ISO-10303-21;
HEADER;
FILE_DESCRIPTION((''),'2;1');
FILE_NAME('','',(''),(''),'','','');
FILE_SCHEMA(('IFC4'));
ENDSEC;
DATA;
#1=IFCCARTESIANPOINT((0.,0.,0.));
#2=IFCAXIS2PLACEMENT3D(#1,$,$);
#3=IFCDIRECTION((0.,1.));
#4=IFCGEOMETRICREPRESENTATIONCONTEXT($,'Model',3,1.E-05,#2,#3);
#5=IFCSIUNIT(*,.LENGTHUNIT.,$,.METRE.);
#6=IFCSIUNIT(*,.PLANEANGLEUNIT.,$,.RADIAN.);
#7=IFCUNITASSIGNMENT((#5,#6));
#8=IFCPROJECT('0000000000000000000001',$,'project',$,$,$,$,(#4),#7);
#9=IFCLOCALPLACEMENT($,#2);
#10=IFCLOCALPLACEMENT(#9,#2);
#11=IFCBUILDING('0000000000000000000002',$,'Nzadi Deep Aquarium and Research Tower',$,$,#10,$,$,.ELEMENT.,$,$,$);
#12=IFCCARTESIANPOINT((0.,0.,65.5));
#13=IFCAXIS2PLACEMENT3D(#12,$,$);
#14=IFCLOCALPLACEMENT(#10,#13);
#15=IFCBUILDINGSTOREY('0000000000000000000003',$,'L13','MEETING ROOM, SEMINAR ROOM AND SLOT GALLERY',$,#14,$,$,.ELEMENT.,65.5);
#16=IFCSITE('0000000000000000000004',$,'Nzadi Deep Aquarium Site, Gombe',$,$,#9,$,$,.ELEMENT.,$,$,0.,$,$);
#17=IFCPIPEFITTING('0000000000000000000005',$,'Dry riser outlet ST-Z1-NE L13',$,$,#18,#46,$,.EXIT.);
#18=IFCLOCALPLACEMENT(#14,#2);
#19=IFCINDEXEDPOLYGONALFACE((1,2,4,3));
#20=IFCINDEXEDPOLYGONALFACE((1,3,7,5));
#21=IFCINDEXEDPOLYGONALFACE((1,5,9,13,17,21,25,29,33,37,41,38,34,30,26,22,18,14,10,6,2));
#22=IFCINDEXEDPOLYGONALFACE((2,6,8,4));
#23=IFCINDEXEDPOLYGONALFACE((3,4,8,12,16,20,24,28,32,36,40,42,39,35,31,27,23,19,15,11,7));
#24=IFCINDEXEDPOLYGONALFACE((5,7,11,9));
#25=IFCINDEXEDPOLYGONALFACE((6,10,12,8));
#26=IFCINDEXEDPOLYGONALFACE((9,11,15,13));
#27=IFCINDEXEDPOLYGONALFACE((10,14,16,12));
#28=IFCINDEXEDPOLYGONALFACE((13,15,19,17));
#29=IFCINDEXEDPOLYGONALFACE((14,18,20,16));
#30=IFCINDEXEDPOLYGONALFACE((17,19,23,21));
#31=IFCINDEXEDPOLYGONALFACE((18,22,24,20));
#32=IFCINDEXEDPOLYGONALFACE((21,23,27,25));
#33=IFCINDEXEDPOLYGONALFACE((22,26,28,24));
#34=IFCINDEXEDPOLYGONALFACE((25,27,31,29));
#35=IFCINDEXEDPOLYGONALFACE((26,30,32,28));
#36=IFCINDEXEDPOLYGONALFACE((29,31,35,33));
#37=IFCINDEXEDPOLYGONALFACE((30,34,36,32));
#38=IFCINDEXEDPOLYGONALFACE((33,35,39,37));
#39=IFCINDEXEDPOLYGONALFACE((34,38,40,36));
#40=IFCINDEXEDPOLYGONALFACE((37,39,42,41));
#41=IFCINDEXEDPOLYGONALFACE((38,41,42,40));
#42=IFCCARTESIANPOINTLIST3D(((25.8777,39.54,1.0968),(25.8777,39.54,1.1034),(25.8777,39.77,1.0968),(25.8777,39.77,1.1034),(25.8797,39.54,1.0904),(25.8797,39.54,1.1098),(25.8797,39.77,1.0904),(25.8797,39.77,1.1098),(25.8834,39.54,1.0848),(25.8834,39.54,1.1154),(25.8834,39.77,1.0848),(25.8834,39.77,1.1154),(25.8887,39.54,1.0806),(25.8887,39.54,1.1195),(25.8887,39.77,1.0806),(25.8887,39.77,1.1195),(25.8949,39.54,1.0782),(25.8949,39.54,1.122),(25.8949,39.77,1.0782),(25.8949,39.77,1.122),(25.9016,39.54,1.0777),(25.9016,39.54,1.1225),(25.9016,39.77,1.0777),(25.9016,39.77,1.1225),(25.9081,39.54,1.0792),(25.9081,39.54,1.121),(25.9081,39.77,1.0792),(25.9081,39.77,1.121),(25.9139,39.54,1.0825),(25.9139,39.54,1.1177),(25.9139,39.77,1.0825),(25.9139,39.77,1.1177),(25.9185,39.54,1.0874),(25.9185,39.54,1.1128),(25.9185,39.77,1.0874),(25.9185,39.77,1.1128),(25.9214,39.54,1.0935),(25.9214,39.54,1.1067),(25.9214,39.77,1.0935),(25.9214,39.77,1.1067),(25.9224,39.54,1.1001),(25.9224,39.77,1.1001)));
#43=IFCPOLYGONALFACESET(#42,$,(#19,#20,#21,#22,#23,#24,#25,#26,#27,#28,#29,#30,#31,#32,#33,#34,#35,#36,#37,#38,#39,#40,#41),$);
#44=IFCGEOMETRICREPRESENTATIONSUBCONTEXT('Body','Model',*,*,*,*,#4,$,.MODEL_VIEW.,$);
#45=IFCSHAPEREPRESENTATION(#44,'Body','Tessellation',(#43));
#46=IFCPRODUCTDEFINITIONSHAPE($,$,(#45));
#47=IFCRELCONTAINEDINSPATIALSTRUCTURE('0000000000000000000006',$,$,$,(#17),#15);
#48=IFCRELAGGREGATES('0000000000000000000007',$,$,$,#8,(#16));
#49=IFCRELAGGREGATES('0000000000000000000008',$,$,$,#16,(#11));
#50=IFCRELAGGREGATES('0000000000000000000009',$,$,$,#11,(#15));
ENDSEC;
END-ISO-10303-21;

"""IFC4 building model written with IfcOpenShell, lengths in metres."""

from ifc_helpers import new_model, si_unit, direction, frame, origin, origin_2d, place, context, subcontext, project, spatial, circle, extrude, element, save


model = new_model("IFC4")

# Units and contexts
model_context = context("Model", 3, precision=1e-05, world=origin(), true_north=direction((0.0, 1.0)))
body_context = subcontext(model_context, "Body", "Model", "MODEL_VIEW")
ifc_project = project(units=[si_unit("LENGTHUNIT", "METRE"), si_unit("PLANEANGLEUNIT", "RADIAN")], contexts=[model_context])

# Site, building, storey
site_placement = place(None, origin())
site = spatial("IfcSite", under=ifc_project, at=site_placement, Name="Nzadi Deep Aquarium Site, Gombe", CompositionType="ELEMENT", RefElevation=0.0)
building_placement = place(site_placement, origin())
building = spatial("IfcBuilding", under=site, at=building_placement, Name="Nzadi Deep Aquarium and Research Tower", CompositionType="ELEMENT")
storey_placement = place(building_placement, frame((0.0, 0.0, 65.5)))
storey = spatial("IfcBuildingStorey", under=building, at=storey_placement, Name="L13", Description="MEETING ROOM, SEMINAR ROOM AND SLOT GALLERY", CompositionType="ELEMENT", Elevation=65.5)

# Pipe fitting
pipe_fitting_placement = place(storey_placement, frame((25.8999, 39.77, 1.1001), z_axis=(0.0, -1.0, 0.0), x_axis=(1.0, 0.0, 0.0)))
element("IfcPipeFitting", 1, at=pipe_fitting_placement, inside=storey, Name="Dry riser outlet ST-Z1-NE L13", PredefinedType="EXIT", context=body_context, shape_type="SweptSolid", body=[
    extrude(circle(Radius=0.0225, at=origin_2d()), origin(), (0.0, 0.0, 1.0), 0.23),
])

save(model, "model.ifc")
